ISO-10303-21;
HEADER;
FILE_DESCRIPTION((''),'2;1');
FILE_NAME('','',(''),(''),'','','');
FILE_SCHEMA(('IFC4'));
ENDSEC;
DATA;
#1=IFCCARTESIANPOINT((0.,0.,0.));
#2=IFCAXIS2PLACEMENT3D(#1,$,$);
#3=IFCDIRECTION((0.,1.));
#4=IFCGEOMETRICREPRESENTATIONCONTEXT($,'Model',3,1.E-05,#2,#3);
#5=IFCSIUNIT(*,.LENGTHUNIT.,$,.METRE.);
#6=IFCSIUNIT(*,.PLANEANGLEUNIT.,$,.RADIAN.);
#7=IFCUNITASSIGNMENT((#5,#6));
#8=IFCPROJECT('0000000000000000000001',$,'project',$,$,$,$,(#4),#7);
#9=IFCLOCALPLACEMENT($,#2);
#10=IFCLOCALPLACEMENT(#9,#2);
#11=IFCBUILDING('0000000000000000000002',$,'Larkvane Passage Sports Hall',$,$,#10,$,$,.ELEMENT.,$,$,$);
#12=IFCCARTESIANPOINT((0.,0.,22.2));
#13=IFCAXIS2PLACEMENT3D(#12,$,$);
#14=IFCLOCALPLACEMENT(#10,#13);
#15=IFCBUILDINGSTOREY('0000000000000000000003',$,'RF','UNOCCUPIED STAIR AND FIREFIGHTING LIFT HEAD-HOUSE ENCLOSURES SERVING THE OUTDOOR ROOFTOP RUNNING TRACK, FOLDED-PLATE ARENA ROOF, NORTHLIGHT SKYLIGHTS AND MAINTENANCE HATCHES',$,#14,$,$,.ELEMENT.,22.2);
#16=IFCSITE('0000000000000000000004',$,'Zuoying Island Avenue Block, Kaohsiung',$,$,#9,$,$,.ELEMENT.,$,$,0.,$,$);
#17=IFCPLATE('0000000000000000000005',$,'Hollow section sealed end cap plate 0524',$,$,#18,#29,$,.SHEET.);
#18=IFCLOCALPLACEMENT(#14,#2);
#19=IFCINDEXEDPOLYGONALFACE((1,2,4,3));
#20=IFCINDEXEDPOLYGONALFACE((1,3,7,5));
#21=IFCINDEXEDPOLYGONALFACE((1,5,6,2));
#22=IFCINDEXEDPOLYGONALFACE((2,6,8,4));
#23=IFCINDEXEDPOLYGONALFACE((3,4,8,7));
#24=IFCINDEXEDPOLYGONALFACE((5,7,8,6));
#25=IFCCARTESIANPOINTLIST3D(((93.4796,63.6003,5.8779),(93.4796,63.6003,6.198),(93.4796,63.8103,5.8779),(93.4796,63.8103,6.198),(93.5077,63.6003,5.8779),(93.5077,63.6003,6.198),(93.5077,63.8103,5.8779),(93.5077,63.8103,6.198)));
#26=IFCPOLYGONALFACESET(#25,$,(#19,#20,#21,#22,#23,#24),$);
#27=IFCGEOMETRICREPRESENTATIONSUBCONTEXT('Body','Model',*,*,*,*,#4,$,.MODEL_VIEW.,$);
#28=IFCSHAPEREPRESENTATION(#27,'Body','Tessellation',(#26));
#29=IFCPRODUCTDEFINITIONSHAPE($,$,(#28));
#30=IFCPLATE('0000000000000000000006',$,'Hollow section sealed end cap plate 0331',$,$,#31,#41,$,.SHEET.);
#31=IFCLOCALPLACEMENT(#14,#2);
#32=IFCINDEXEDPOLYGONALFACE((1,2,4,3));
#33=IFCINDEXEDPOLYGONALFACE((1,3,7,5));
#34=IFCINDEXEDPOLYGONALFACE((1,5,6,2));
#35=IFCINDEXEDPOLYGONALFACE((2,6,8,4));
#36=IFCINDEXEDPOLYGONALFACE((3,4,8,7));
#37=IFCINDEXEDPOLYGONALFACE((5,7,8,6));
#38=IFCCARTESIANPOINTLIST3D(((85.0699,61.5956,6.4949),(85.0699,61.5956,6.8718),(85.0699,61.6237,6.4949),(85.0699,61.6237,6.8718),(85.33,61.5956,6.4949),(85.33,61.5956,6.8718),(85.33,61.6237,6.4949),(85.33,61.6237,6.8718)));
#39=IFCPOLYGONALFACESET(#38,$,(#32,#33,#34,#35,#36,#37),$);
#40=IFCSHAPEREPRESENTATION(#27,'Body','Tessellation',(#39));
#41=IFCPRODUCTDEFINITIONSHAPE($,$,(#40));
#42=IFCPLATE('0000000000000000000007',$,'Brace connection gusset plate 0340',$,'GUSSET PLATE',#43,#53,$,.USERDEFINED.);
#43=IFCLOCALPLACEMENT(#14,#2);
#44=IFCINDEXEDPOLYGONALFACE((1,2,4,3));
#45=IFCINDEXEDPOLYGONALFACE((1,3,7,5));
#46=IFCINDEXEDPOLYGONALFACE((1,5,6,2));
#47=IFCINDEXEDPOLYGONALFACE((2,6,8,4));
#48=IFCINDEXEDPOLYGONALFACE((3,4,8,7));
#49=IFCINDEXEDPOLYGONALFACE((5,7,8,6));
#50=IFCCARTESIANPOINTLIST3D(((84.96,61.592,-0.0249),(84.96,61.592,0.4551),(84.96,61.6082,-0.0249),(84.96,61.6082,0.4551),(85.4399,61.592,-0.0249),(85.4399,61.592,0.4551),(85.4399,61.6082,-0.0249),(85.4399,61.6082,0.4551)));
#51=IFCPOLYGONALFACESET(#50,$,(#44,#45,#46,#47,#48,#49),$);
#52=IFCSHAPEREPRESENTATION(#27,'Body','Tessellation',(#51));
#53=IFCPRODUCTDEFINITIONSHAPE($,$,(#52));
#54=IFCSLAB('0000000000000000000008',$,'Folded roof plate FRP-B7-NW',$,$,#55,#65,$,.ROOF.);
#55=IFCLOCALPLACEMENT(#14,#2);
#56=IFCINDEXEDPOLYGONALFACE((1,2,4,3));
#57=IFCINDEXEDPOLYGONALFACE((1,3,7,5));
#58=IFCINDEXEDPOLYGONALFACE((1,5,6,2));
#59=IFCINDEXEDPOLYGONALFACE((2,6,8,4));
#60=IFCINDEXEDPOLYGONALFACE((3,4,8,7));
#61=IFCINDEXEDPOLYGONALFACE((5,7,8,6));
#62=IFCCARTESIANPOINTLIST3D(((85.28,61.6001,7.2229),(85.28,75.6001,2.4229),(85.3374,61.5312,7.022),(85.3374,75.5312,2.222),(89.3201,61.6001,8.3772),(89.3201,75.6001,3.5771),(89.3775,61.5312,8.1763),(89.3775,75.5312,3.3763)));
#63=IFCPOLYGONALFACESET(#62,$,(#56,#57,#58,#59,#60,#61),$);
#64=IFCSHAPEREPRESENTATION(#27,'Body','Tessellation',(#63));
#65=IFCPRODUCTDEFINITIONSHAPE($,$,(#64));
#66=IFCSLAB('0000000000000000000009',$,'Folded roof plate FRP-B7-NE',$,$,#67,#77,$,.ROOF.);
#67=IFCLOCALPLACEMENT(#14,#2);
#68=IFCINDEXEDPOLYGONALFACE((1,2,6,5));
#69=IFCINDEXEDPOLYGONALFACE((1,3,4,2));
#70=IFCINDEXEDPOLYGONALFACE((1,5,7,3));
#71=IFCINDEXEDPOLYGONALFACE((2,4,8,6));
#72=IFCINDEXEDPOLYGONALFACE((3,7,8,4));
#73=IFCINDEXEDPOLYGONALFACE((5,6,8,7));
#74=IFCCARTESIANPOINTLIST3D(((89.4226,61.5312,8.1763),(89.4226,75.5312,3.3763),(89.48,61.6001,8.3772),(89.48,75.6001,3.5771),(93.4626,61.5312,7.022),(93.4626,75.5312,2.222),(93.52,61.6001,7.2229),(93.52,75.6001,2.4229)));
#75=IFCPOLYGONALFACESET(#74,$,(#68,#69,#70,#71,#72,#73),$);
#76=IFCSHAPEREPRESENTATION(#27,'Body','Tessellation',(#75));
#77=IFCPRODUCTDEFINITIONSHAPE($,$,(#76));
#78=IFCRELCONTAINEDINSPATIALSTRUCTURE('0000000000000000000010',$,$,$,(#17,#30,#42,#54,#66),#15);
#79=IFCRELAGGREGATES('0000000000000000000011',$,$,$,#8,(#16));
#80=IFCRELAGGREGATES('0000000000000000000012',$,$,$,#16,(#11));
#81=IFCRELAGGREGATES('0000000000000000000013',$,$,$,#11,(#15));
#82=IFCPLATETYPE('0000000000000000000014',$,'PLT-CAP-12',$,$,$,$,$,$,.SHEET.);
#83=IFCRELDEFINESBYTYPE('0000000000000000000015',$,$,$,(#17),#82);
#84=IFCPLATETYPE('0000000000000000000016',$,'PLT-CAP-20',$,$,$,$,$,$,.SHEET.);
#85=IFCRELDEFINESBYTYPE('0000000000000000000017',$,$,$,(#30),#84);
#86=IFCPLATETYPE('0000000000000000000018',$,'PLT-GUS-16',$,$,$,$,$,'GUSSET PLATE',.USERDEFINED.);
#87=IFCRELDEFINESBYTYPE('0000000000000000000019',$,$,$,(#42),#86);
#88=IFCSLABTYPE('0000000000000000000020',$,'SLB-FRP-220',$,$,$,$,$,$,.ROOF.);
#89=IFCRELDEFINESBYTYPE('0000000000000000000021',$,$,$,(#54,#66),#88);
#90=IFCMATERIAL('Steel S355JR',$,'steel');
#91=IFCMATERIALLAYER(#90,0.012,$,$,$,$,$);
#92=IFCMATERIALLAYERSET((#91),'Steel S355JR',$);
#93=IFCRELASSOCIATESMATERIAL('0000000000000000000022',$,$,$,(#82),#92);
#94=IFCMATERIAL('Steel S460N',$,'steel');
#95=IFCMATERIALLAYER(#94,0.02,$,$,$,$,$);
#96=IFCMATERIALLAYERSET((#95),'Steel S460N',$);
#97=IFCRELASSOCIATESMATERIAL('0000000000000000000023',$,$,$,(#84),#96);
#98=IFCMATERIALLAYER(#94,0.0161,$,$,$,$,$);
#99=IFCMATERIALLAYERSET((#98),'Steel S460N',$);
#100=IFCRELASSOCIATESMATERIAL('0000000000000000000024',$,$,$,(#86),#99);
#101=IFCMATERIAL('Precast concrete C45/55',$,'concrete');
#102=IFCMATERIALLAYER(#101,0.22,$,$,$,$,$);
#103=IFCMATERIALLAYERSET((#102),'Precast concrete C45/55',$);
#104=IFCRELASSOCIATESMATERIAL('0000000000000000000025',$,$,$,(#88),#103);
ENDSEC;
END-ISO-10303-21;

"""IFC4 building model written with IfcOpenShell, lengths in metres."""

from ifc_helpers import new_model, si_unit, direction, frame, origin, origin_2d, place, context, subcontext, project, spatial, polyline, rectangle, outline, extrude, material, layer, layer_set, type_object, element, save


model = new_model("IFC4")

# Units and contexts
model_context = context("Model", 3, precision=1e-05, world=origin(), true_north=direction((0.0, 1.0)))
body_context = subcontext(model_context, "Body", "Model", "MODEL_VIEW")
ifc_project = project(units=[si_unit("LENGTHUNIT", "METRE"), si_unit("PLANEANGLEUNIT", "RADIAN")], contexts=[model_context])

# Site, building, storey
site_placement = place(None, origin())
site = spatial("IfcSite", under=ifc_project, at=site_placement, Name="Zuoying Island Avenue Block, Kaohsiung", CompositionType="ELEMENT", RefElevation=0.0)
building_placement = place(site_placement, origin())
building = spatial("IfcBuilding", under=site, at=building_placement, Name="Larkvane Passage Sports Hall", CompositionType="ELEMENT")
storey_placement = place(building_placement, frame((0.0, 0.0, 22.2)))
storey = spatial("IfcBuildingStorey", under=building, at=storey_placement, Name="RF", Description="UNOCCUPIED STAIR AND FIREFIGHTING LIFT HEAD-HOUSE ENCLOSURES SERVING THE OUTDOOR ROOFTOP RUNNING TRACK, FOLDED-PLATE ARENA ROOF, NORTHLIGHT SKYLIGHTS AND MAINTENANCE HATCHES", CompositionType="ELEMENT", Elevation=22.2)

# Shared definitions
ifc_material_1 = material(Name="Steel S355JR", Category="steel")
ifc_material_2 = material(Name="Steel S460N", Category="steel")

# Plates
ifc_layer_1 = layer(ifc_material_1, 0.012)
ifc_layer_set_1 = layer_set([ifc_layer_1], Name="Steel S355JR")
plate_type_1 = type_object("IfcPlateType", Name="PLT-CAP-12", PredefinedType="SHEET", material=ifc_layer_set_1)
for number, where, z_axis, x_axis, name in (
    (1, (93.4937, 63.7053, 5.8779), (0.0, 0.0, 1.0), (0.0, 1.0, 0.0), "Hollow section sealed end cap plate 0524"),
):
    element("IfcPlate", number, at=place(storey_placement, frame(where, z_axis=z_axis, x_axis=x_axis)), inside=storey, type_object=plate_type_1, Name=name, PredefinedType="SHEET", context=body_context, shape_type="SweptSolid", body=[
        extrude(rectangle(XDim=0.21, YDim=0.0281, at=origin_2d()), origin(), (0.0, 0.0, 1.0), 0.3201),
    ])
ifc_layer_2 = layer(ifc_material_2, 0.02)
ifc_layer_set_2 = layer_set([ifc_layer_2], Name="Steel S460N")
plate_type_2 = type_object("IfcPlateType", Name="PLT-CAP-20", PredefinedType="SHEET", material=ifc_layer_set_2)
plate_1_placement = place(storey_placement, frame((85.2, 61.6096, 6.4949), z_axis=(0.0, 0.0, 1.0), x_axis=(-1.0, 0.0, 0.0)))
element("IfcPlate", 2, at=plate_1_placement, inside=storey, type_object=plate_type_2, Name="Hollow section sealed end cap plate 0331", PredefinedType="SHEET", context=body_context, shape_type="SweptSolid", body=[
    extrude(rectangle(XDim=0.26, YDim=0.0281, at=origin_2d()), origin(), (0.0, 0.0, 1.0), 0.377),
])
ifc_layer_3 = layer(ifc_material_2, 0.0161)
ifc_layer_set_3 = layer_set([ifc_layer_3], Name="Steel S460N")
plate_type_3 = type_object("IfcPlateType", Name="PLT-GUS-16", ElementType="GUSSET PLATE", PredefinedType="USERDEFINED", material=ifc_layer_set_3)
plate_2_placement = place(storey_placement, frame((85.2, 61.6001, -0.0249), z_axis=(0.0, 0.0, 1.0), x_axis=(1.0, 0.0, 0.0)))
element("IfcPlate", 3, at=plate_2_placement, inside=storey, type_object=plate_type_3, Name="Brace connection gusset plate 0340", ObjectType="GUSSET PLATE", PredefinedType="USERDEFINED", context=body_context, shape_type="SweptSolid", body=[
    extrude(rectangle(XDim=0.48, YDim=0.0161, at=origin_2d()), origin(), (0.0, 0.0, 1.0), 0.48),
])

# Slabs
ifc_material_3 = material(Name="Precast concrete C45/55", Category="concrete")
ifc_layer_4 = layer(ifc_material_3, 0.22)
ifc_layer_set_4 = layer_set([ifc_layer_4], Name="Precast concrete C45/55")
slab_type = type_object("IfcSlabType", Name="SLB-FRP-220", PredefinedType="ROOF", material=ifc_layer_set_4)
slab_1_placement = place(storey_placement, frame((85.28, 61.6001, 7.2229), z_axis=(-0.260909, 0.313094, 0.913181), x_axis=(0.961524, 0.0, 0.274721)))
element("IfcSlab", 4, at=slab_1_placement, inside=storey, type_object=slab_type, Name="Folded roof plate FRP-B7-NW", PredefinedType="ROOF", context=body_context, shape_type="SweptSolid", body=[
    extrude(outline(polyline([(0.0, 0.0), (4.2017, 0.0), (2.883, 14.7412), (-1.3187, 14.7412), (0.0, 0.0)])), origin(), (0.0, 0.0, -1.0), 0.22),
])
slab_2_placement = place(storey_placement, frame((89.48, 61.6001, 8.3772), z_axis=(0.260909, 0.313094, 0.913181), x_axis=(0.961524, 0.0, -0.274721)))
element("IfcSlab", 5, at=slab_2_placement, inside=storey, type_object=slab_type, Name="Folded roof plate FRP-B7-NE", PredefinedType="ROOF", context=body_context, shape_type="SweptSolid", body=[
    extrude(outline(polyline([(0.0, 0.0), (4.2017, 0.0), (5.5204, 14.7412), (1.3187, 14.7412), (0.0, 0.0)])), origin(), (0.0, 0.0, -1.0), 0.22),
])

save(model, "model.ifc")
